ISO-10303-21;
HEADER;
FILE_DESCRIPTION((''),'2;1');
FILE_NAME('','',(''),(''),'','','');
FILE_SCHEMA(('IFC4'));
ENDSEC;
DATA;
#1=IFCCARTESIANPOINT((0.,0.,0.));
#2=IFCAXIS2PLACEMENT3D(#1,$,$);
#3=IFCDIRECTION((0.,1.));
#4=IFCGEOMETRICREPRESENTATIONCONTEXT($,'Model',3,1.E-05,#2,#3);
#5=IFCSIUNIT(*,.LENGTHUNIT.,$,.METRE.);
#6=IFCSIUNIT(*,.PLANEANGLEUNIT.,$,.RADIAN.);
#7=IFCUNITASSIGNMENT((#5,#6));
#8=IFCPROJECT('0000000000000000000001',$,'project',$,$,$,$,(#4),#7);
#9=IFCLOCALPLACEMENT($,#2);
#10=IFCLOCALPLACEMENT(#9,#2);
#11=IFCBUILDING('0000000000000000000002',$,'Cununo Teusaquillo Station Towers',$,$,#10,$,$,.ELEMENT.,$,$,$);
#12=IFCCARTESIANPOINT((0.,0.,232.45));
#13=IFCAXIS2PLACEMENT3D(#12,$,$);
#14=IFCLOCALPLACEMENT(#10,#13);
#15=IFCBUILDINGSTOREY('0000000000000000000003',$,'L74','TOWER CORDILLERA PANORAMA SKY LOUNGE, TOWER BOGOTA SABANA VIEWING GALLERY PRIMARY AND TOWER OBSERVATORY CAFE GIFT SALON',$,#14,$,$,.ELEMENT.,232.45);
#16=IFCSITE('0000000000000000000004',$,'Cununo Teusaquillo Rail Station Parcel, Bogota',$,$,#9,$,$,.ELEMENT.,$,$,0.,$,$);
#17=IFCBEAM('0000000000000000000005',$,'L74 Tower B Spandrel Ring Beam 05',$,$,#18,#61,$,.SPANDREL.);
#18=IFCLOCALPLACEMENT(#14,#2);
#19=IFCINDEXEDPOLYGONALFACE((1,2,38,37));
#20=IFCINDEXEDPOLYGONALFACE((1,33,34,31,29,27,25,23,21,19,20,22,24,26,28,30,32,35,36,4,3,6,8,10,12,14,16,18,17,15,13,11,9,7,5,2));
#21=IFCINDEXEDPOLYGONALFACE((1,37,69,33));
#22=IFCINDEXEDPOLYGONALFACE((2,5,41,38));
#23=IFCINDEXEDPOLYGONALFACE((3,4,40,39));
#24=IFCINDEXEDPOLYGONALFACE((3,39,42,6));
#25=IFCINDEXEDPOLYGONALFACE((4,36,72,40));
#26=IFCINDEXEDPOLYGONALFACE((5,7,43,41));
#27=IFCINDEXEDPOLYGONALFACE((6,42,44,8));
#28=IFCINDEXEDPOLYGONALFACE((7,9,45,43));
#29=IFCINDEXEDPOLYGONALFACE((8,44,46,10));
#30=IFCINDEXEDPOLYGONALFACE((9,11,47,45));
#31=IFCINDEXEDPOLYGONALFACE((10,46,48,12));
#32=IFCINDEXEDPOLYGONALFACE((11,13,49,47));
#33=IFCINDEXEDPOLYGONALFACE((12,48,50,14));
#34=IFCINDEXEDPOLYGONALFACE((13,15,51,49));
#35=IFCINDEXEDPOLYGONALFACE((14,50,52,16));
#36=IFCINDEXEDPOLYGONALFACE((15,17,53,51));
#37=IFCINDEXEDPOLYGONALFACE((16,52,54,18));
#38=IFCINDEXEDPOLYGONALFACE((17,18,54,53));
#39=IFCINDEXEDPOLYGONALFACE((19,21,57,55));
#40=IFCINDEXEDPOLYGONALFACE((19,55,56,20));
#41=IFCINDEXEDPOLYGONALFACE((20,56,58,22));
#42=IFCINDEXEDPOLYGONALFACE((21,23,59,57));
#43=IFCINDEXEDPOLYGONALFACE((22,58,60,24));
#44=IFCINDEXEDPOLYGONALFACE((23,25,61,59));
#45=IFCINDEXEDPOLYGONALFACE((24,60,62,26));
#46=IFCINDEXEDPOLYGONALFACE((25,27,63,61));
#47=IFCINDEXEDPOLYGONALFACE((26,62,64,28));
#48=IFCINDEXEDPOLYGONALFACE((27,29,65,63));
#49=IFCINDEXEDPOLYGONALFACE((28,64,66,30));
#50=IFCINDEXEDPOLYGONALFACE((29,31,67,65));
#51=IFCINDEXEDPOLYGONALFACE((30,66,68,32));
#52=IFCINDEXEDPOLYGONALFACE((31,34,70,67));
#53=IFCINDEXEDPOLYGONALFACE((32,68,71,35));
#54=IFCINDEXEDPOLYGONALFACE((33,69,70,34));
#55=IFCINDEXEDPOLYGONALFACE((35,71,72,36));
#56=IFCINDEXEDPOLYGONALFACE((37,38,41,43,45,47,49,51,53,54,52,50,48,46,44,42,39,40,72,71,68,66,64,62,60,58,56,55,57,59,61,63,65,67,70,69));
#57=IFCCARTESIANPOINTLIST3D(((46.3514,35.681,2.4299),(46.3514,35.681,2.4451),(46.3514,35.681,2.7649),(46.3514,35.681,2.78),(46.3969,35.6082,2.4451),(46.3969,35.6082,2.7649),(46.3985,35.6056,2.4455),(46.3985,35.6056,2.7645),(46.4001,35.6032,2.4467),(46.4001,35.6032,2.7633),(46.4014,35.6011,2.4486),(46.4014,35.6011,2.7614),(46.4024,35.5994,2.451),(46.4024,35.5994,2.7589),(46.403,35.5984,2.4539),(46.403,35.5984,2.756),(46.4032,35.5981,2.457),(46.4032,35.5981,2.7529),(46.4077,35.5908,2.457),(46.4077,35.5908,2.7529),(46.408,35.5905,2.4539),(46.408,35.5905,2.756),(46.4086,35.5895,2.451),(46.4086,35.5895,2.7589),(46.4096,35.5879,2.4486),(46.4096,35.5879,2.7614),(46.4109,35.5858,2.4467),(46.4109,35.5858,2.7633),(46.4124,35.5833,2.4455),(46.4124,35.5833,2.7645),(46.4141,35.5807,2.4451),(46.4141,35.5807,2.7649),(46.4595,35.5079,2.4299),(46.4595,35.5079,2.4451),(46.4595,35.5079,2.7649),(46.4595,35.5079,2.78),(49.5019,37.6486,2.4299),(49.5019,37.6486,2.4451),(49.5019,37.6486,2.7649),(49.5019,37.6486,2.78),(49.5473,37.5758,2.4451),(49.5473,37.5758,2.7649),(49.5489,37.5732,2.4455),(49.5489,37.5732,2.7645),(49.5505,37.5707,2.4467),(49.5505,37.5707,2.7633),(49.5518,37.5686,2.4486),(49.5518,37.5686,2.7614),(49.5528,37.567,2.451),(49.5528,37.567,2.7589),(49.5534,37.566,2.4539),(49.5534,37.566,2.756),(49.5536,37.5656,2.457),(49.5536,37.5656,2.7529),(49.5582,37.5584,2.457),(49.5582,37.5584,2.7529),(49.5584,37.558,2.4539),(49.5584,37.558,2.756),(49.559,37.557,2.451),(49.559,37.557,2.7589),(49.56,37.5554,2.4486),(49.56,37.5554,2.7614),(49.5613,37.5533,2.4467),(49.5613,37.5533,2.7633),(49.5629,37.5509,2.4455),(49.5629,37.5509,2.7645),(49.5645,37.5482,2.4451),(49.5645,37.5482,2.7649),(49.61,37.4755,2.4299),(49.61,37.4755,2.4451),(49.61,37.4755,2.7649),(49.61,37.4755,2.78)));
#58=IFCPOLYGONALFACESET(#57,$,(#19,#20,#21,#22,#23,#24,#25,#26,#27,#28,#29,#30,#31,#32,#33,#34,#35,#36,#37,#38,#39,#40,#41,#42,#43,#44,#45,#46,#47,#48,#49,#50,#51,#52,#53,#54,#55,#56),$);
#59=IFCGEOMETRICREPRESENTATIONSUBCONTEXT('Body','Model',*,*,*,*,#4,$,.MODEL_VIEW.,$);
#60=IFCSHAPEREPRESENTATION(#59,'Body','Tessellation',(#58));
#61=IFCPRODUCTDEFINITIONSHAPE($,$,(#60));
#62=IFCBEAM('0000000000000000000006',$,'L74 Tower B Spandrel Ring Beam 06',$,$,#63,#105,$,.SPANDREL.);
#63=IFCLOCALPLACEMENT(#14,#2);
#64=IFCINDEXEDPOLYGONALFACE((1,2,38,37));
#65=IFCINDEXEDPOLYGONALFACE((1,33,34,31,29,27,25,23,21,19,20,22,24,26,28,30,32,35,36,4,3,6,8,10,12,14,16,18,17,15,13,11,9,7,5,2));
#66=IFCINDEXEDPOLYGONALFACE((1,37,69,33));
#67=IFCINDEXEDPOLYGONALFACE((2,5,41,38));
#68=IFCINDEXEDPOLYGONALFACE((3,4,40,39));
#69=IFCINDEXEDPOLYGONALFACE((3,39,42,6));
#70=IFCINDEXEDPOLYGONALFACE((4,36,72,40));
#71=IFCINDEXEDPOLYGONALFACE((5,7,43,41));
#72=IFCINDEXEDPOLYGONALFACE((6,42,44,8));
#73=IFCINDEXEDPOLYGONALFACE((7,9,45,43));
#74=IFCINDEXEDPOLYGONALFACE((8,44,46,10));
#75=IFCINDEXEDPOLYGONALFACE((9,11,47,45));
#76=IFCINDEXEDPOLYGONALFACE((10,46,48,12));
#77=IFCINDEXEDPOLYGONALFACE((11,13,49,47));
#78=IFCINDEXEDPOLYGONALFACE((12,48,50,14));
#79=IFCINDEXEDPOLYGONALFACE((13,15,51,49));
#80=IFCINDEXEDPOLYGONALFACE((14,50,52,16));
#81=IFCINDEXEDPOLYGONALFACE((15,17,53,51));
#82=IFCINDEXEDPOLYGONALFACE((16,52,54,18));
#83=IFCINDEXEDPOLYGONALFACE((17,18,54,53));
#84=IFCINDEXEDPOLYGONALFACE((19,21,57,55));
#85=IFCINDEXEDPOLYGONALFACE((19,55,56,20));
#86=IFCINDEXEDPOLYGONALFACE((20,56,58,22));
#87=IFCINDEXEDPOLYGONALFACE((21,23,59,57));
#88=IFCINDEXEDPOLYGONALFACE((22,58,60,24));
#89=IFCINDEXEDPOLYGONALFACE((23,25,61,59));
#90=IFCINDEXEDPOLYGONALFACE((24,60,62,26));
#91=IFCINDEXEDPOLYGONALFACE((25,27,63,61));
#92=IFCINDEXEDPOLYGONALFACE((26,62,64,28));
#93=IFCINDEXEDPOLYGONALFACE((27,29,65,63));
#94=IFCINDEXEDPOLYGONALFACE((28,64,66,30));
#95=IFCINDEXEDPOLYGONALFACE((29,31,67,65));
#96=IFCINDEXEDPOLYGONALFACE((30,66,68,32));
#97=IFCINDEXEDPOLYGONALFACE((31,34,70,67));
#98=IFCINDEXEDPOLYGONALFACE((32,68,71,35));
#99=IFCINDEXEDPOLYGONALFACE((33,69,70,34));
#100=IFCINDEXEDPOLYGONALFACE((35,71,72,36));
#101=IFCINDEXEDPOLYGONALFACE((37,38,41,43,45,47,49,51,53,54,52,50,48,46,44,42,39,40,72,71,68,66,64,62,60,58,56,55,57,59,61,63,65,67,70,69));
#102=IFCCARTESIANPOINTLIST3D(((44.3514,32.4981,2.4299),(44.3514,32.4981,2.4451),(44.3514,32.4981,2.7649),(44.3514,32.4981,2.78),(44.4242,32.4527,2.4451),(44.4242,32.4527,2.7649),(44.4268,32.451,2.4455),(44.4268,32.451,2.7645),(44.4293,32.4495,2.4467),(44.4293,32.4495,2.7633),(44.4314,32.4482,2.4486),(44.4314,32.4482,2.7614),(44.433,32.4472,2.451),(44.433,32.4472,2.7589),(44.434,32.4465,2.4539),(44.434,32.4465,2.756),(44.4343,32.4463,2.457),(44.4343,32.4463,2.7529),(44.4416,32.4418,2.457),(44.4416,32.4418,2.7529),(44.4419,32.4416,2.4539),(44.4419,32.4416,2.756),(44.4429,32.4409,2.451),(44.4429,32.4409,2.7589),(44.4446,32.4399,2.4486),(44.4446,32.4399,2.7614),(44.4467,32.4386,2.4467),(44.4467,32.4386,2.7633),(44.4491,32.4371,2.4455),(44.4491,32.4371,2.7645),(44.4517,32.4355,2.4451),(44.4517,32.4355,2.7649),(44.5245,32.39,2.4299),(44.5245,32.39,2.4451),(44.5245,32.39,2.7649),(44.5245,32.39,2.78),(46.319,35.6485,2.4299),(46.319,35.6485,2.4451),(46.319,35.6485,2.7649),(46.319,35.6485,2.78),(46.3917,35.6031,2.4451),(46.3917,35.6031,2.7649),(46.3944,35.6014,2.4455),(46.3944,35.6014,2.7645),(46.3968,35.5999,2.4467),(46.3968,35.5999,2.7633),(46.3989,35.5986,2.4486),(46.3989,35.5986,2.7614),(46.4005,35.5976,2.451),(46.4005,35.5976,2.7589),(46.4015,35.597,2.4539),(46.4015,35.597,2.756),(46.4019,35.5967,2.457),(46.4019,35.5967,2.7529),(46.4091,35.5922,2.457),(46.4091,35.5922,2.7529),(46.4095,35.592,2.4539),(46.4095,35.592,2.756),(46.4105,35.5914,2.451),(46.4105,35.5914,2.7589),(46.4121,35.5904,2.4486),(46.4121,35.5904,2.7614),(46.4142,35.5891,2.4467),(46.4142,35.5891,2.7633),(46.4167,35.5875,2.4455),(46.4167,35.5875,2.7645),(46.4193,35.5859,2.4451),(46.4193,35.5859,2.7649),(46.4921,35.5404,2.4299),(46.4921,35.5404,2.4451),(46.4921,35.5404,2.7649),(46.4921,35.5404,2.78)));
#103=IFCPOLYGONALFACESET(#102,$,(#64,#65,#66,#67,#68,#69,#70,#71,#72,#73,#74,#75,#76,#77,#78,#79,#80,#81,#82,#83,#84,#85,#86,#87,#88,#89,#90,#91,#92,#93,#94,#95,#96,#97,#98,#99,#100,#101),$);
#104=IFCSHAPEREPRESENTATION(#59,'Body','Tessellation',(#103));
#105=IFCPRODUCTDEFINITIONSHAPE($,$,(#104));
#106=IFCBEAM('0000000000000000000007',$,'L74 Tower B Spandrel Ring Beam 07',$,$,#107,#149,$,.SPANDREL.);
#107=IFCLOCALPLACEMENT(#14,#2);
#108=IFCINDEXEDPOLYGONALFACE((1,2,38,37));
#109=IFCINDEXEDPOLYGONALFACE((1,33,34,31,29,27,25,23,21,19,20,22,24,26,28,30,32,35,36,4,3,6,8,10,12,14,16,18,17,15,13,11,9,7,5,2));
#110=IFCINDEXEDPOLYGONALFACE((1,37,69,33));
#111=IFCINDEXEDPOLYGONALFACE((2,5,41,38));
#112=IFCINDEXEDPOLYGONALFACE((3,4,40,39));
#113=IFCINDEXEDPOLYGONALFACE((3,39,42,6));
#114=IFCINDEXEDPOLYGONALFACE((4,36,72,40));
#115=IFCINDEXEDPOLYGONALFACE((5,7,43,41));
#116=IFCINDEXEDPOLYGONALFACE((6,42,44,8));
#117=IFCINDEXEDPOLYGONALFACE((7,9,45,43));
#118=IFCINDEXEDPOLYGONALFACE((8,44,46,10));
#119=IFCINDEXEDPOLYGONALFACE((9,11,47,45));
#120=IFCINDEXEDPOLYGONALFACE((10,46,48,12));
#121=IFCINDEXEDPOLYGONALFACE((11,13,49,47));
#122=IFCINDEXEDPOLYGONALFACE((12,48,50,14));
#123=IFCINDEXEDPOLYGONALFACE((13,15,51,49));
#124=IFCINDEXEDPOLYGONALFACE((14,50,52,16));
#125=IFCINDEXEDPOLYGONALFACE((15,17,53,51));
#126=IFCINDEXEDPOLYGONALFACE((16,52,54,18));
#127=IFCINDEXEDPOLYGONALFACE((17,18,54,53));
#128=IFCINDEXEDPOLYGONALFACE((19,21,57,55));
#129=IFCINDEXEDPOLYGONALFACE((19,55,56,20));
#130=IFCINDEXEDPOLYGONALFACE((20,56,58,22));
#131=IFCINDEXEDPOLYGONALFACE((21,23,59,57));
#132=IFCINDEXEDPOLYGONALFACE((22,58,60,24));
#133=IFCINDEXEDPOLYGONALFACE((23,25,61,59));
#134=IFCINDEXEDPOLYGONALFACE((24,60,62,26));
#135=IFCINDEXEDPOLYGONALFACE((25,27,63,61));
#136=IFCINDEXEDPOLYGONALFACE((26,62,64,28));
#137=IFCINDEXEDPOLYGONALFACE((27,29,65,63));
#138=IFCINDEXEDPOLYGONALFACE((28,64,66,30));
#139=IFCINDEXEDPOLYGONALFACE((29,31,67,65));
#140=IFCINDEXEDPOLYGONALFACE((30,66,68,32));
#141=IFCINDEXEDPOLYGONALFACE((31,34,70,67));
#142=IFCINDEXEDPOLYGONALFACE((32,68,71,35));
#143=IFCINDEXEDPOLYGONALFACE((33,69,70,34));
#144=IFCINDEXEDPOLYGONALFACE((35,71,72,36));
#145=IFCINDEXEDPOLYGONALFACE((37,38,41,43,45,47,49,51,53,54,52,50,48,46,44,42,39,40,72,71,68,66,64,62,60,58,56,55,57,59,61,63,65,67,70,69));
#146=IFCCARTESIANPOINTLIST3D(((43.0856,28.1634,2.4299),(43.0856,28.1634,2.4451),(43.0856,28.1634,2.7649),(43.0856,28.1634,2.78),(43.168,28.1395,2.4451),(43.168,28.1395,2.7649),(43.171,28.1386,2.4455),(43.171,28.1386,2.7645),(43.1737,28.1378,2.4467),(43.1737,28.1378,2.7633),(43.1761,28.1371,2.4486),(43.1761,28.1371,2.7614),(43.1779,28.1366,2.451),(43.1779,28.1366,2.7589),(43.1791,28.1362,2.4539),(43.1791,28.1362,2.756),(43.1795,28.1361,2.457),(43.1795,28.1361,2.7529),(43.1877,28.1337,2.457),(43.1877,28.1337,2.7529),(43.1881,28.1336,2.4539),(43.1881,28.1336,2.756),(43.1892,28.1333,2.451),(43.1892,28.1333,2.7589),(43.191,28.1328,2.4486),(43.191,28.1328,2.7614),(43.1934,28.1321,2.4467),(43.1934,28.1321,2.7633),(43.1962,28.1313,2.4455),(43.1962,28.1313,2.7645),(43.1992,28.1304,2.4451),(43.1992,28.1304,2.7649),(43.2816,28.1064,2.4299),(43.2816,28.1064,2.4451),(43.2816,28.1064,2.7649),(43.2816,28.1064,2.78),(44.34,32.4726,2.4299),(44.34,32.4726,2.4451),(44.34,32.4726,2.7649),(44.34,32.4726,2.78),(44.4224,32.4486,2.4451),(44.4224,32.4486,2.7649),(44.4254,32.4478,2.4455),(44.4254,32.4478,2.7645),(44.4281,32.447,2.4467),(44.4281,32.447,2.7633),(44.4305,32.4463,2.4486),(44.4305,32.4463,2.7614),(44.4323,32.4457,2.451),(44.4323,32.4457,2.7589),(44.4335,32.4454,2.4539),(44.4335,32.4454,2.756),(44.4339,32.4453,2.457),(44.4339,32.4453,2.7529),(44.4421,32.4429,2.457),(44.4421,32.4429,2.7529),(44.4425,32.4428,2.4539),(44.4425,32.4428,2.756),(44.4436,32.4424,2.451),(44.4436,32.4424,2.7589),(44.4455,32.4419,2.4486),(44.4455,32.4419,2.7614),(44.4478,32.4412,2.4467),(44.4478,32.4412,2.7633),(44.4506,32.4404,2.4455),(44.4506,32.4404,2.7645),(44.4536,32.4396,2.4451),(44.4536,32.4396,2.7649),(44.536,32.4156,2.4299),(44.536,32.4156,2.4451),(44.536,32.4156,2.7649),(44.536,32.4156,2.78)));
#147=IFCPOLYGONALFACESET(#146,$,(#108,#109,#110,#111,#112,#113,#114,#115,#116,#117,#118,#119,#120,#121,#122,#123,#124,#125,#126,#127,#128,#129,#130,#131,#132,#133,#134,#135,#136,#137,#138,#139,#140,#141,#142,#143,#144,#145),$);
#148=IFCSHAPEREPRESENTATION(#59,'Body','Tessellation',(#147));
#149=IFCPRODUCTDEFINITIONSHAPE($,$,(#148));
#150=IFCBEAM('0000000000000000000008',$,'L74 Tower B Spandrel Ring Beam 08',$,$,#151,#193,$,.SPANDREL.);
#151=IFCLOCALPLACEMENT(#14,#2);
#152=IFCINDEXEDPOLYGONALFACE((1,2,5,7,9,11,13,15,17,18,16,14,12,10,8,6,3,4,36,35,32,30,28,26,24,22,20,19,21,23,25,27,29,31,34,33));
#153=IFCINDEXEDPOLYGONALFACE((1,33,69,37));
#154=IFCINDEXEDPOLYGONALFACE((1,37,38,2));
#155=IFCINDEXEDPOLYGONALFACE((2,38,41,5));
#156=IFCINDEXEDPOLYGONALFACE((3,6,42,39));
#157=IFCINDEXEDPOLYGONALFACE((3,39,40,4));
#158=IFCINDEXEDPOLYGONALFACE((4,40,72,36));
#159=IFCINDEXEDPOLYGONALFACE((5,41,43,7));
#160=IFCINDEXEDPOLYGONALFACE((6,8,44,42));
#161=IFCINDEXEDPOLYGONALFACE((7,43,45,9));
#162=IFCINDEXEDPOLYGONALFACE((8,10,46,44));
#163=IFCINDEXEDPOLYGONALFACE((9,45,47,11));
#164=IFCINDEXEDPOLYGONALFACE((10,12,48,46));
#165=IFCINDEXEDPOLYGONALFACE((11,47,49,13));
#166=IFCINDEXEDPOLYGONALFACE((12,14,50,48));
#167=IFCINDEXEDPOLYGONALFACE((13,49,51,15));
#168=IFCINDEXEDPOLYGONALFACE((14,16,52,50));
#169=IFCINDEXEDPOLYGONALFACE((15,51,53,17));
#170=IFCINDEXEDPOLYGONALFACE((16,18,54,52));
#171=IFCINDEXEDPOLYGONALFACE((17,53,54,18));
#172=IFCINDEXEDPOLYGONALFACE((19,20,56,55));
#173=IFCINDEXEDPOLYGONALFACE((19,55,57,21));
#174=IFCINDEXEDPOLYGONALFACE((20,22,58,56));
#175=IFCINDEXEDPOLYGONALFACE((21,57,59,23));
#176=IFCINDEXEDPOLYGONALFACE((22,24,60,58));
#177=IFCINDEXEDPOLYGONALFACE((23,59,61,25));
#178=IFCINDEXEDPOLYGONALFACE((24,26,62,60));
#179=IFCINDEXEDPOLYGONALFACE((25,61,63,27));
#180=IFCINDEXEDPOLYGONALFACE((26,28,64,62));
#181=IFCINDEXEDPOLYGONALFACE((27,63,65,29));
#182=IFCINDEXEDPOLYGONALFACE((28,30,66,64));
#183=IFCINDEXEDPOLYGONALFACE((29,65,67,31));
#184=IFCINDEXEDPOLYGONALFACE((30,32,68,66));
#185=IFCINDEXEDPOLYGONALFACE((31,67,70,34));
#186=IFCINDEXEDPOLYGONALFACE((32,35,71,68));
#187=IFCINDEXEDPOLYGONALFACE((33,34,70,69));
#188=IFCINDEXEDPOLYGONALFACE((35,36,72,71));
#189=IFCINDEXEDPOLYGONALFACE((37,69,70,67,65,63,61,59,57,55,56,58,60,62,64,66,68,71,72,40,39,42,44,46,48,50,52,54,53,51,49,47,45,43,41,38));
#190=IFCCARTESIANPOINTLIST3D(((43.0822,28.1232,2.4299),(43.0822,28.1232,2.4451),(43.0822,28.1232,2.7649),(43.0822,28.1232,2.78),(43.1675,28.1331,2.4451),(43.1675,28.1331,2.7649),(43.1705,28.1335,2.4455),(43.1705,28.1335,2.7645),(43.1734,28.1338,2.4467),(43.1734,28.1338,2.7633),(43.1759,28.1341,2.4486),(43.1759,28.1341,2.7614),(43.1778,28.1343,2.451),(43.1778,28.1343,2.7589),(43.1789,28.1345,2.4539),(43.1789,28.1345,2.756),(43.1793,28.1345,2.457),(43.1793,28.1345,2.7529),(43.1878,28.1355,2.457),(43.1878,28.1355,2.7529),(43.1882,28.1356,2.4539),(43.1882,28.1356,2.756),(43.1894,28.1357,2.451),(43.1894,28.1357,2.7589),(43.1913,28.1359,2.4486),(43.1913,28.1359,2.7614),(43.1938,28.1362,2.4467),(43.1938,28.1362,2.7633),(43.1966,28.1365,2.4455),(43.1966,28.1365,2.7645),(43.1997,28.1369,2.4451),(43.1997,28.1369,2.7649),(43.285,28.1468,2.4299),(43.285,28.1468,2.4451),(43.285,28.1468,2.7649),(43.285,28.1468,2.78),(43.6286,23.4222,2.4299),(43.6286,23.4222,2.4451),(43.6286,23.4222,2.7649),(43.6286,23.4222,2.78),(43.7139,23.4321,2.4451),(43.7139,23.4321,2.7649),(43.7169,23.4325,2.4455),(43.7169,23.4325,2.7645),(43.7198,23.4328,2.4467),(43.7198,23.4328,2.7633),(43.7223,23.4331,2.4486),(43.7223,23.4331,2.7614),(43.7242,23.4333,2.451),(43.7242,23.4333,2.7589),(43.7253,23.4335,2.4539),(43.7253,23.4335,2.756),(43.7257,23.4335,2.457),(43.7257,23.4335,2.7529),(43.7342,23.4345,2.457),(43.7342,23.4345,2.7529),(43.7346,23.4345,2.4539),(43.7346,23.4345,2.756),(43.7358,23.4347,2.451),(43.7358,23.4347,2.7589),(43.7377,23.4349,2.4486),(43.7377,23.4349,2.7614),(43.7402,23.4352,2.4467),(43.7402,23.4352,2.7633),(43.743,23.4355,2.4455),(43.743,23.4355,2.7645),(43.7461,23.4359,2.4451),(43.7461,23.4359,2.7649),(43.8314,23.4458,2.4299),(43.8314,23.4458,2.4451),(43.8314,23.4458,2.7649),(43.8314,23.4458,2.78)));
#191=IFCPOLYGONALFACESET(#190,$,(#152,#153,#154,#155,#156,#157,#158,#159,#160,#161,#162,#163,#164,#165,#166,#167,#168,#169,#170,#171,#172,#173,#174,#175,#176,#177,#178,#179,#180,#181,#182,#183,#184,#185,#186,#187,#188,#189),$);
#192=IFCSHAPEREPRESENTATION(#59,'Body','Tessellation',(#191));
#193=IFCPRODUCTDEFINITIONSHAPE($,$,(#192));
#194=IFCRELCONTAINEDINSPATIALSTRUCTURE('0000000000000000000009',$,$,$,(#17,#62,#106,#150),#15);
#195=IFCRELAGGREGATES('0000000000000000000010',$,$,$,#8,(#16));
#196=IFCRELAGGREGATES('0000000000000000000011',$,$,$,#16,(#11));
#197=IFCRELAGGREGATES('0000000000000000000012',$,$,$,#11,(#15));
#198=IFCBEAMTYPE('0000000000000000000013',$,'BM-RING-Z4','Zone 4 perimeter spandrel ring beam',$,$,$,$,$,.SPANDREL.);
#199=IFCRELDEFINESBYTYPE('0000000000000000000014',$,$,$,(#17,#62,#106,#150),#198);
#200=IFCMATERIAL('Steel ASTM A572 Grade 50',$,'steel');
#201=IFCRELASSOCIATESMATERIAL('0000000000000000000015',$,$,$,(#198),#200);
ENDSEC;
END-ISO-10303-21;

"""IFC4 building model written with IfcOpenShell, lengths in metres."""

from ifc_helpers import new_model, si_unit, direction, frame, origin, origin_2d, place, context, subcontext, project, spatial, i_section, extrude, material, material_profile, profile_set, type_object, element, save


model = new_model("IFC4")

# Units and contexts
model_context = context("Model", 3, precision=1e-05, world=origin(), true_north=direction((0.0, 1.0)))
body_context = subcontext(model_context, "Body", "Model", "MODEL_VIEW")
ifc_project = project(units=[si_unit("LENGTHUNIT", "METRE"), si_unit("PLANEANGLEUNIT", "RADIAN")], contexts=[model_context])

# Site, building, storey
site_placement = place(None, origin())
site = spatial("IfcSite", under=ifc_project, at=site_placement, Name="Cununo Teusaquillo Rail Station Parcel, Bogota", CompositionType="ELEMENT", RefElevation=0.0)
building_placement = place(site_placement, origin())
building = spatial("IfcBuilding", under=site, at=building_placement, Name="Cununo Teusaquillo Station Towers", CompositionType="ELEMENT")
storey_placement = place(building_placement, frame((0.0, 0.0, 232.45)))
storey = spatial("IfcBuildingStorey", under=building, at=storey_placement, Name="L74", Description="TOWER CORDILLERA PANORAMA SKY LOUNGE, TOWER BOGOTA SABANA VIEWING GALLERY PRIMARY AND TOWER OBSERVATORY CAFE GIFT SALON", CompositionType="ELEMENT", Elevation=232.45)

# Beams
ifc_material_1 = material(Name="Steel ASTM A572 Grade 50", Category="steel")
ifc_material_profile_1 = material_profile(ifc_material_1, i_section(OverallWidth=0.2041, OverallDepth=0.3501, WebThickness=0.0085, FlangeThickness=0.0151, FilletRadius=0.012, at=origin_2d()), Name="W14X48")
ifc_profile_set_1 = profile_set([ifc_material_profile_1], Name="Steel ASTM A572 Grade 50")
beam_type_1 = type_object("IfcBeamType", Name="BM-RING-Z4", Description="Zone 4 perimeter spandrel ring beam", PredefinedType="SPANDREL", material=ifc_profile_set_1)
for number, where, z_axis, x_axis, name in (
    (1, (49.5559, 37.562, 2.605), (-0.848176, -0.529715, 0.0), (0.529715, -0.848176, 0.0), "L74 Tower B Spandrel Ring Beam 05"),
    (2, (46.4055, 35.5945, 2.605), (-0.529715, -0.848176, 0.0), (0.848176, -0.529715, 0.0), "L74 Tower B Spandrel Ring Beam 06"),
):
    element("IfcBeam", number, at=place(storey_placement, frame(where, z_axis=z_axis, x_axis=x_axis)), inside=storey, type_object=beam_type_1, Name=name, PredefinedType="SPANDREL", context=body_context, shape_type="SweptSolid", body=[
        extrude(i_section(OverallWidth=0.2041, OverallDepth=0.3501, WebThickness=0.0085, FlangeThickness=0.0151, FilletRadius=0.012, at=origin_2d()), origin(), (0.0, 0.0, 1.0), 3.7144),
    ])
beam_1_placement = place(storey_placement, frame((44.438, 32.4441, 2.605), z_axis=(-0.279503, -0.960145, 0.0), x_axis=(0.960145, -0.279503, 0.0)))
element("IfcBeam", 3, at=beam_1_placement, inside=storey, type_object=beam_type_1, Name="L74 Tower B Spandrel Ring Beam 07", PredefinedType="SPANDREL", context=body_context, shape_type="SweptSolid", body=[
    extrude(i_section(OverallWidth=0.2041, OverallDepth=0.3501, WebThickness=0.0085, FlangeThickness=0.0151, FilletRadius=0.012, at=origin_2d()), origin(), (0.0, 0.0, 1.0), 4.488),
])
beam_2_placement = place(storey_placement, frame((43.1836, 28.135, 2.605), z_axis=(0.115452, -0.993313, 0.0), x_axis=(0.993313, 0.115452, 0.0)))
element("IfcBeam", 4, at=beam_2_placement, inside=storey, type_object=beam_type_1, Name="L74 Tower B Spandrel Ring Beam 08", PredefinedType="SPANDREL", context=body_context, shape_type="SweptSolid", body=[
    extrude(i_section(OverallWidth=0.2041, OverallDepth=0.3501, WebThickness=0.0085, FlangeThickness=0.0151, FilletRadius=0.012, at=origin_2d()), origin(), (0.0, 0.0, 1.0), 4.7327),
])

save(model, "model.ifc")
